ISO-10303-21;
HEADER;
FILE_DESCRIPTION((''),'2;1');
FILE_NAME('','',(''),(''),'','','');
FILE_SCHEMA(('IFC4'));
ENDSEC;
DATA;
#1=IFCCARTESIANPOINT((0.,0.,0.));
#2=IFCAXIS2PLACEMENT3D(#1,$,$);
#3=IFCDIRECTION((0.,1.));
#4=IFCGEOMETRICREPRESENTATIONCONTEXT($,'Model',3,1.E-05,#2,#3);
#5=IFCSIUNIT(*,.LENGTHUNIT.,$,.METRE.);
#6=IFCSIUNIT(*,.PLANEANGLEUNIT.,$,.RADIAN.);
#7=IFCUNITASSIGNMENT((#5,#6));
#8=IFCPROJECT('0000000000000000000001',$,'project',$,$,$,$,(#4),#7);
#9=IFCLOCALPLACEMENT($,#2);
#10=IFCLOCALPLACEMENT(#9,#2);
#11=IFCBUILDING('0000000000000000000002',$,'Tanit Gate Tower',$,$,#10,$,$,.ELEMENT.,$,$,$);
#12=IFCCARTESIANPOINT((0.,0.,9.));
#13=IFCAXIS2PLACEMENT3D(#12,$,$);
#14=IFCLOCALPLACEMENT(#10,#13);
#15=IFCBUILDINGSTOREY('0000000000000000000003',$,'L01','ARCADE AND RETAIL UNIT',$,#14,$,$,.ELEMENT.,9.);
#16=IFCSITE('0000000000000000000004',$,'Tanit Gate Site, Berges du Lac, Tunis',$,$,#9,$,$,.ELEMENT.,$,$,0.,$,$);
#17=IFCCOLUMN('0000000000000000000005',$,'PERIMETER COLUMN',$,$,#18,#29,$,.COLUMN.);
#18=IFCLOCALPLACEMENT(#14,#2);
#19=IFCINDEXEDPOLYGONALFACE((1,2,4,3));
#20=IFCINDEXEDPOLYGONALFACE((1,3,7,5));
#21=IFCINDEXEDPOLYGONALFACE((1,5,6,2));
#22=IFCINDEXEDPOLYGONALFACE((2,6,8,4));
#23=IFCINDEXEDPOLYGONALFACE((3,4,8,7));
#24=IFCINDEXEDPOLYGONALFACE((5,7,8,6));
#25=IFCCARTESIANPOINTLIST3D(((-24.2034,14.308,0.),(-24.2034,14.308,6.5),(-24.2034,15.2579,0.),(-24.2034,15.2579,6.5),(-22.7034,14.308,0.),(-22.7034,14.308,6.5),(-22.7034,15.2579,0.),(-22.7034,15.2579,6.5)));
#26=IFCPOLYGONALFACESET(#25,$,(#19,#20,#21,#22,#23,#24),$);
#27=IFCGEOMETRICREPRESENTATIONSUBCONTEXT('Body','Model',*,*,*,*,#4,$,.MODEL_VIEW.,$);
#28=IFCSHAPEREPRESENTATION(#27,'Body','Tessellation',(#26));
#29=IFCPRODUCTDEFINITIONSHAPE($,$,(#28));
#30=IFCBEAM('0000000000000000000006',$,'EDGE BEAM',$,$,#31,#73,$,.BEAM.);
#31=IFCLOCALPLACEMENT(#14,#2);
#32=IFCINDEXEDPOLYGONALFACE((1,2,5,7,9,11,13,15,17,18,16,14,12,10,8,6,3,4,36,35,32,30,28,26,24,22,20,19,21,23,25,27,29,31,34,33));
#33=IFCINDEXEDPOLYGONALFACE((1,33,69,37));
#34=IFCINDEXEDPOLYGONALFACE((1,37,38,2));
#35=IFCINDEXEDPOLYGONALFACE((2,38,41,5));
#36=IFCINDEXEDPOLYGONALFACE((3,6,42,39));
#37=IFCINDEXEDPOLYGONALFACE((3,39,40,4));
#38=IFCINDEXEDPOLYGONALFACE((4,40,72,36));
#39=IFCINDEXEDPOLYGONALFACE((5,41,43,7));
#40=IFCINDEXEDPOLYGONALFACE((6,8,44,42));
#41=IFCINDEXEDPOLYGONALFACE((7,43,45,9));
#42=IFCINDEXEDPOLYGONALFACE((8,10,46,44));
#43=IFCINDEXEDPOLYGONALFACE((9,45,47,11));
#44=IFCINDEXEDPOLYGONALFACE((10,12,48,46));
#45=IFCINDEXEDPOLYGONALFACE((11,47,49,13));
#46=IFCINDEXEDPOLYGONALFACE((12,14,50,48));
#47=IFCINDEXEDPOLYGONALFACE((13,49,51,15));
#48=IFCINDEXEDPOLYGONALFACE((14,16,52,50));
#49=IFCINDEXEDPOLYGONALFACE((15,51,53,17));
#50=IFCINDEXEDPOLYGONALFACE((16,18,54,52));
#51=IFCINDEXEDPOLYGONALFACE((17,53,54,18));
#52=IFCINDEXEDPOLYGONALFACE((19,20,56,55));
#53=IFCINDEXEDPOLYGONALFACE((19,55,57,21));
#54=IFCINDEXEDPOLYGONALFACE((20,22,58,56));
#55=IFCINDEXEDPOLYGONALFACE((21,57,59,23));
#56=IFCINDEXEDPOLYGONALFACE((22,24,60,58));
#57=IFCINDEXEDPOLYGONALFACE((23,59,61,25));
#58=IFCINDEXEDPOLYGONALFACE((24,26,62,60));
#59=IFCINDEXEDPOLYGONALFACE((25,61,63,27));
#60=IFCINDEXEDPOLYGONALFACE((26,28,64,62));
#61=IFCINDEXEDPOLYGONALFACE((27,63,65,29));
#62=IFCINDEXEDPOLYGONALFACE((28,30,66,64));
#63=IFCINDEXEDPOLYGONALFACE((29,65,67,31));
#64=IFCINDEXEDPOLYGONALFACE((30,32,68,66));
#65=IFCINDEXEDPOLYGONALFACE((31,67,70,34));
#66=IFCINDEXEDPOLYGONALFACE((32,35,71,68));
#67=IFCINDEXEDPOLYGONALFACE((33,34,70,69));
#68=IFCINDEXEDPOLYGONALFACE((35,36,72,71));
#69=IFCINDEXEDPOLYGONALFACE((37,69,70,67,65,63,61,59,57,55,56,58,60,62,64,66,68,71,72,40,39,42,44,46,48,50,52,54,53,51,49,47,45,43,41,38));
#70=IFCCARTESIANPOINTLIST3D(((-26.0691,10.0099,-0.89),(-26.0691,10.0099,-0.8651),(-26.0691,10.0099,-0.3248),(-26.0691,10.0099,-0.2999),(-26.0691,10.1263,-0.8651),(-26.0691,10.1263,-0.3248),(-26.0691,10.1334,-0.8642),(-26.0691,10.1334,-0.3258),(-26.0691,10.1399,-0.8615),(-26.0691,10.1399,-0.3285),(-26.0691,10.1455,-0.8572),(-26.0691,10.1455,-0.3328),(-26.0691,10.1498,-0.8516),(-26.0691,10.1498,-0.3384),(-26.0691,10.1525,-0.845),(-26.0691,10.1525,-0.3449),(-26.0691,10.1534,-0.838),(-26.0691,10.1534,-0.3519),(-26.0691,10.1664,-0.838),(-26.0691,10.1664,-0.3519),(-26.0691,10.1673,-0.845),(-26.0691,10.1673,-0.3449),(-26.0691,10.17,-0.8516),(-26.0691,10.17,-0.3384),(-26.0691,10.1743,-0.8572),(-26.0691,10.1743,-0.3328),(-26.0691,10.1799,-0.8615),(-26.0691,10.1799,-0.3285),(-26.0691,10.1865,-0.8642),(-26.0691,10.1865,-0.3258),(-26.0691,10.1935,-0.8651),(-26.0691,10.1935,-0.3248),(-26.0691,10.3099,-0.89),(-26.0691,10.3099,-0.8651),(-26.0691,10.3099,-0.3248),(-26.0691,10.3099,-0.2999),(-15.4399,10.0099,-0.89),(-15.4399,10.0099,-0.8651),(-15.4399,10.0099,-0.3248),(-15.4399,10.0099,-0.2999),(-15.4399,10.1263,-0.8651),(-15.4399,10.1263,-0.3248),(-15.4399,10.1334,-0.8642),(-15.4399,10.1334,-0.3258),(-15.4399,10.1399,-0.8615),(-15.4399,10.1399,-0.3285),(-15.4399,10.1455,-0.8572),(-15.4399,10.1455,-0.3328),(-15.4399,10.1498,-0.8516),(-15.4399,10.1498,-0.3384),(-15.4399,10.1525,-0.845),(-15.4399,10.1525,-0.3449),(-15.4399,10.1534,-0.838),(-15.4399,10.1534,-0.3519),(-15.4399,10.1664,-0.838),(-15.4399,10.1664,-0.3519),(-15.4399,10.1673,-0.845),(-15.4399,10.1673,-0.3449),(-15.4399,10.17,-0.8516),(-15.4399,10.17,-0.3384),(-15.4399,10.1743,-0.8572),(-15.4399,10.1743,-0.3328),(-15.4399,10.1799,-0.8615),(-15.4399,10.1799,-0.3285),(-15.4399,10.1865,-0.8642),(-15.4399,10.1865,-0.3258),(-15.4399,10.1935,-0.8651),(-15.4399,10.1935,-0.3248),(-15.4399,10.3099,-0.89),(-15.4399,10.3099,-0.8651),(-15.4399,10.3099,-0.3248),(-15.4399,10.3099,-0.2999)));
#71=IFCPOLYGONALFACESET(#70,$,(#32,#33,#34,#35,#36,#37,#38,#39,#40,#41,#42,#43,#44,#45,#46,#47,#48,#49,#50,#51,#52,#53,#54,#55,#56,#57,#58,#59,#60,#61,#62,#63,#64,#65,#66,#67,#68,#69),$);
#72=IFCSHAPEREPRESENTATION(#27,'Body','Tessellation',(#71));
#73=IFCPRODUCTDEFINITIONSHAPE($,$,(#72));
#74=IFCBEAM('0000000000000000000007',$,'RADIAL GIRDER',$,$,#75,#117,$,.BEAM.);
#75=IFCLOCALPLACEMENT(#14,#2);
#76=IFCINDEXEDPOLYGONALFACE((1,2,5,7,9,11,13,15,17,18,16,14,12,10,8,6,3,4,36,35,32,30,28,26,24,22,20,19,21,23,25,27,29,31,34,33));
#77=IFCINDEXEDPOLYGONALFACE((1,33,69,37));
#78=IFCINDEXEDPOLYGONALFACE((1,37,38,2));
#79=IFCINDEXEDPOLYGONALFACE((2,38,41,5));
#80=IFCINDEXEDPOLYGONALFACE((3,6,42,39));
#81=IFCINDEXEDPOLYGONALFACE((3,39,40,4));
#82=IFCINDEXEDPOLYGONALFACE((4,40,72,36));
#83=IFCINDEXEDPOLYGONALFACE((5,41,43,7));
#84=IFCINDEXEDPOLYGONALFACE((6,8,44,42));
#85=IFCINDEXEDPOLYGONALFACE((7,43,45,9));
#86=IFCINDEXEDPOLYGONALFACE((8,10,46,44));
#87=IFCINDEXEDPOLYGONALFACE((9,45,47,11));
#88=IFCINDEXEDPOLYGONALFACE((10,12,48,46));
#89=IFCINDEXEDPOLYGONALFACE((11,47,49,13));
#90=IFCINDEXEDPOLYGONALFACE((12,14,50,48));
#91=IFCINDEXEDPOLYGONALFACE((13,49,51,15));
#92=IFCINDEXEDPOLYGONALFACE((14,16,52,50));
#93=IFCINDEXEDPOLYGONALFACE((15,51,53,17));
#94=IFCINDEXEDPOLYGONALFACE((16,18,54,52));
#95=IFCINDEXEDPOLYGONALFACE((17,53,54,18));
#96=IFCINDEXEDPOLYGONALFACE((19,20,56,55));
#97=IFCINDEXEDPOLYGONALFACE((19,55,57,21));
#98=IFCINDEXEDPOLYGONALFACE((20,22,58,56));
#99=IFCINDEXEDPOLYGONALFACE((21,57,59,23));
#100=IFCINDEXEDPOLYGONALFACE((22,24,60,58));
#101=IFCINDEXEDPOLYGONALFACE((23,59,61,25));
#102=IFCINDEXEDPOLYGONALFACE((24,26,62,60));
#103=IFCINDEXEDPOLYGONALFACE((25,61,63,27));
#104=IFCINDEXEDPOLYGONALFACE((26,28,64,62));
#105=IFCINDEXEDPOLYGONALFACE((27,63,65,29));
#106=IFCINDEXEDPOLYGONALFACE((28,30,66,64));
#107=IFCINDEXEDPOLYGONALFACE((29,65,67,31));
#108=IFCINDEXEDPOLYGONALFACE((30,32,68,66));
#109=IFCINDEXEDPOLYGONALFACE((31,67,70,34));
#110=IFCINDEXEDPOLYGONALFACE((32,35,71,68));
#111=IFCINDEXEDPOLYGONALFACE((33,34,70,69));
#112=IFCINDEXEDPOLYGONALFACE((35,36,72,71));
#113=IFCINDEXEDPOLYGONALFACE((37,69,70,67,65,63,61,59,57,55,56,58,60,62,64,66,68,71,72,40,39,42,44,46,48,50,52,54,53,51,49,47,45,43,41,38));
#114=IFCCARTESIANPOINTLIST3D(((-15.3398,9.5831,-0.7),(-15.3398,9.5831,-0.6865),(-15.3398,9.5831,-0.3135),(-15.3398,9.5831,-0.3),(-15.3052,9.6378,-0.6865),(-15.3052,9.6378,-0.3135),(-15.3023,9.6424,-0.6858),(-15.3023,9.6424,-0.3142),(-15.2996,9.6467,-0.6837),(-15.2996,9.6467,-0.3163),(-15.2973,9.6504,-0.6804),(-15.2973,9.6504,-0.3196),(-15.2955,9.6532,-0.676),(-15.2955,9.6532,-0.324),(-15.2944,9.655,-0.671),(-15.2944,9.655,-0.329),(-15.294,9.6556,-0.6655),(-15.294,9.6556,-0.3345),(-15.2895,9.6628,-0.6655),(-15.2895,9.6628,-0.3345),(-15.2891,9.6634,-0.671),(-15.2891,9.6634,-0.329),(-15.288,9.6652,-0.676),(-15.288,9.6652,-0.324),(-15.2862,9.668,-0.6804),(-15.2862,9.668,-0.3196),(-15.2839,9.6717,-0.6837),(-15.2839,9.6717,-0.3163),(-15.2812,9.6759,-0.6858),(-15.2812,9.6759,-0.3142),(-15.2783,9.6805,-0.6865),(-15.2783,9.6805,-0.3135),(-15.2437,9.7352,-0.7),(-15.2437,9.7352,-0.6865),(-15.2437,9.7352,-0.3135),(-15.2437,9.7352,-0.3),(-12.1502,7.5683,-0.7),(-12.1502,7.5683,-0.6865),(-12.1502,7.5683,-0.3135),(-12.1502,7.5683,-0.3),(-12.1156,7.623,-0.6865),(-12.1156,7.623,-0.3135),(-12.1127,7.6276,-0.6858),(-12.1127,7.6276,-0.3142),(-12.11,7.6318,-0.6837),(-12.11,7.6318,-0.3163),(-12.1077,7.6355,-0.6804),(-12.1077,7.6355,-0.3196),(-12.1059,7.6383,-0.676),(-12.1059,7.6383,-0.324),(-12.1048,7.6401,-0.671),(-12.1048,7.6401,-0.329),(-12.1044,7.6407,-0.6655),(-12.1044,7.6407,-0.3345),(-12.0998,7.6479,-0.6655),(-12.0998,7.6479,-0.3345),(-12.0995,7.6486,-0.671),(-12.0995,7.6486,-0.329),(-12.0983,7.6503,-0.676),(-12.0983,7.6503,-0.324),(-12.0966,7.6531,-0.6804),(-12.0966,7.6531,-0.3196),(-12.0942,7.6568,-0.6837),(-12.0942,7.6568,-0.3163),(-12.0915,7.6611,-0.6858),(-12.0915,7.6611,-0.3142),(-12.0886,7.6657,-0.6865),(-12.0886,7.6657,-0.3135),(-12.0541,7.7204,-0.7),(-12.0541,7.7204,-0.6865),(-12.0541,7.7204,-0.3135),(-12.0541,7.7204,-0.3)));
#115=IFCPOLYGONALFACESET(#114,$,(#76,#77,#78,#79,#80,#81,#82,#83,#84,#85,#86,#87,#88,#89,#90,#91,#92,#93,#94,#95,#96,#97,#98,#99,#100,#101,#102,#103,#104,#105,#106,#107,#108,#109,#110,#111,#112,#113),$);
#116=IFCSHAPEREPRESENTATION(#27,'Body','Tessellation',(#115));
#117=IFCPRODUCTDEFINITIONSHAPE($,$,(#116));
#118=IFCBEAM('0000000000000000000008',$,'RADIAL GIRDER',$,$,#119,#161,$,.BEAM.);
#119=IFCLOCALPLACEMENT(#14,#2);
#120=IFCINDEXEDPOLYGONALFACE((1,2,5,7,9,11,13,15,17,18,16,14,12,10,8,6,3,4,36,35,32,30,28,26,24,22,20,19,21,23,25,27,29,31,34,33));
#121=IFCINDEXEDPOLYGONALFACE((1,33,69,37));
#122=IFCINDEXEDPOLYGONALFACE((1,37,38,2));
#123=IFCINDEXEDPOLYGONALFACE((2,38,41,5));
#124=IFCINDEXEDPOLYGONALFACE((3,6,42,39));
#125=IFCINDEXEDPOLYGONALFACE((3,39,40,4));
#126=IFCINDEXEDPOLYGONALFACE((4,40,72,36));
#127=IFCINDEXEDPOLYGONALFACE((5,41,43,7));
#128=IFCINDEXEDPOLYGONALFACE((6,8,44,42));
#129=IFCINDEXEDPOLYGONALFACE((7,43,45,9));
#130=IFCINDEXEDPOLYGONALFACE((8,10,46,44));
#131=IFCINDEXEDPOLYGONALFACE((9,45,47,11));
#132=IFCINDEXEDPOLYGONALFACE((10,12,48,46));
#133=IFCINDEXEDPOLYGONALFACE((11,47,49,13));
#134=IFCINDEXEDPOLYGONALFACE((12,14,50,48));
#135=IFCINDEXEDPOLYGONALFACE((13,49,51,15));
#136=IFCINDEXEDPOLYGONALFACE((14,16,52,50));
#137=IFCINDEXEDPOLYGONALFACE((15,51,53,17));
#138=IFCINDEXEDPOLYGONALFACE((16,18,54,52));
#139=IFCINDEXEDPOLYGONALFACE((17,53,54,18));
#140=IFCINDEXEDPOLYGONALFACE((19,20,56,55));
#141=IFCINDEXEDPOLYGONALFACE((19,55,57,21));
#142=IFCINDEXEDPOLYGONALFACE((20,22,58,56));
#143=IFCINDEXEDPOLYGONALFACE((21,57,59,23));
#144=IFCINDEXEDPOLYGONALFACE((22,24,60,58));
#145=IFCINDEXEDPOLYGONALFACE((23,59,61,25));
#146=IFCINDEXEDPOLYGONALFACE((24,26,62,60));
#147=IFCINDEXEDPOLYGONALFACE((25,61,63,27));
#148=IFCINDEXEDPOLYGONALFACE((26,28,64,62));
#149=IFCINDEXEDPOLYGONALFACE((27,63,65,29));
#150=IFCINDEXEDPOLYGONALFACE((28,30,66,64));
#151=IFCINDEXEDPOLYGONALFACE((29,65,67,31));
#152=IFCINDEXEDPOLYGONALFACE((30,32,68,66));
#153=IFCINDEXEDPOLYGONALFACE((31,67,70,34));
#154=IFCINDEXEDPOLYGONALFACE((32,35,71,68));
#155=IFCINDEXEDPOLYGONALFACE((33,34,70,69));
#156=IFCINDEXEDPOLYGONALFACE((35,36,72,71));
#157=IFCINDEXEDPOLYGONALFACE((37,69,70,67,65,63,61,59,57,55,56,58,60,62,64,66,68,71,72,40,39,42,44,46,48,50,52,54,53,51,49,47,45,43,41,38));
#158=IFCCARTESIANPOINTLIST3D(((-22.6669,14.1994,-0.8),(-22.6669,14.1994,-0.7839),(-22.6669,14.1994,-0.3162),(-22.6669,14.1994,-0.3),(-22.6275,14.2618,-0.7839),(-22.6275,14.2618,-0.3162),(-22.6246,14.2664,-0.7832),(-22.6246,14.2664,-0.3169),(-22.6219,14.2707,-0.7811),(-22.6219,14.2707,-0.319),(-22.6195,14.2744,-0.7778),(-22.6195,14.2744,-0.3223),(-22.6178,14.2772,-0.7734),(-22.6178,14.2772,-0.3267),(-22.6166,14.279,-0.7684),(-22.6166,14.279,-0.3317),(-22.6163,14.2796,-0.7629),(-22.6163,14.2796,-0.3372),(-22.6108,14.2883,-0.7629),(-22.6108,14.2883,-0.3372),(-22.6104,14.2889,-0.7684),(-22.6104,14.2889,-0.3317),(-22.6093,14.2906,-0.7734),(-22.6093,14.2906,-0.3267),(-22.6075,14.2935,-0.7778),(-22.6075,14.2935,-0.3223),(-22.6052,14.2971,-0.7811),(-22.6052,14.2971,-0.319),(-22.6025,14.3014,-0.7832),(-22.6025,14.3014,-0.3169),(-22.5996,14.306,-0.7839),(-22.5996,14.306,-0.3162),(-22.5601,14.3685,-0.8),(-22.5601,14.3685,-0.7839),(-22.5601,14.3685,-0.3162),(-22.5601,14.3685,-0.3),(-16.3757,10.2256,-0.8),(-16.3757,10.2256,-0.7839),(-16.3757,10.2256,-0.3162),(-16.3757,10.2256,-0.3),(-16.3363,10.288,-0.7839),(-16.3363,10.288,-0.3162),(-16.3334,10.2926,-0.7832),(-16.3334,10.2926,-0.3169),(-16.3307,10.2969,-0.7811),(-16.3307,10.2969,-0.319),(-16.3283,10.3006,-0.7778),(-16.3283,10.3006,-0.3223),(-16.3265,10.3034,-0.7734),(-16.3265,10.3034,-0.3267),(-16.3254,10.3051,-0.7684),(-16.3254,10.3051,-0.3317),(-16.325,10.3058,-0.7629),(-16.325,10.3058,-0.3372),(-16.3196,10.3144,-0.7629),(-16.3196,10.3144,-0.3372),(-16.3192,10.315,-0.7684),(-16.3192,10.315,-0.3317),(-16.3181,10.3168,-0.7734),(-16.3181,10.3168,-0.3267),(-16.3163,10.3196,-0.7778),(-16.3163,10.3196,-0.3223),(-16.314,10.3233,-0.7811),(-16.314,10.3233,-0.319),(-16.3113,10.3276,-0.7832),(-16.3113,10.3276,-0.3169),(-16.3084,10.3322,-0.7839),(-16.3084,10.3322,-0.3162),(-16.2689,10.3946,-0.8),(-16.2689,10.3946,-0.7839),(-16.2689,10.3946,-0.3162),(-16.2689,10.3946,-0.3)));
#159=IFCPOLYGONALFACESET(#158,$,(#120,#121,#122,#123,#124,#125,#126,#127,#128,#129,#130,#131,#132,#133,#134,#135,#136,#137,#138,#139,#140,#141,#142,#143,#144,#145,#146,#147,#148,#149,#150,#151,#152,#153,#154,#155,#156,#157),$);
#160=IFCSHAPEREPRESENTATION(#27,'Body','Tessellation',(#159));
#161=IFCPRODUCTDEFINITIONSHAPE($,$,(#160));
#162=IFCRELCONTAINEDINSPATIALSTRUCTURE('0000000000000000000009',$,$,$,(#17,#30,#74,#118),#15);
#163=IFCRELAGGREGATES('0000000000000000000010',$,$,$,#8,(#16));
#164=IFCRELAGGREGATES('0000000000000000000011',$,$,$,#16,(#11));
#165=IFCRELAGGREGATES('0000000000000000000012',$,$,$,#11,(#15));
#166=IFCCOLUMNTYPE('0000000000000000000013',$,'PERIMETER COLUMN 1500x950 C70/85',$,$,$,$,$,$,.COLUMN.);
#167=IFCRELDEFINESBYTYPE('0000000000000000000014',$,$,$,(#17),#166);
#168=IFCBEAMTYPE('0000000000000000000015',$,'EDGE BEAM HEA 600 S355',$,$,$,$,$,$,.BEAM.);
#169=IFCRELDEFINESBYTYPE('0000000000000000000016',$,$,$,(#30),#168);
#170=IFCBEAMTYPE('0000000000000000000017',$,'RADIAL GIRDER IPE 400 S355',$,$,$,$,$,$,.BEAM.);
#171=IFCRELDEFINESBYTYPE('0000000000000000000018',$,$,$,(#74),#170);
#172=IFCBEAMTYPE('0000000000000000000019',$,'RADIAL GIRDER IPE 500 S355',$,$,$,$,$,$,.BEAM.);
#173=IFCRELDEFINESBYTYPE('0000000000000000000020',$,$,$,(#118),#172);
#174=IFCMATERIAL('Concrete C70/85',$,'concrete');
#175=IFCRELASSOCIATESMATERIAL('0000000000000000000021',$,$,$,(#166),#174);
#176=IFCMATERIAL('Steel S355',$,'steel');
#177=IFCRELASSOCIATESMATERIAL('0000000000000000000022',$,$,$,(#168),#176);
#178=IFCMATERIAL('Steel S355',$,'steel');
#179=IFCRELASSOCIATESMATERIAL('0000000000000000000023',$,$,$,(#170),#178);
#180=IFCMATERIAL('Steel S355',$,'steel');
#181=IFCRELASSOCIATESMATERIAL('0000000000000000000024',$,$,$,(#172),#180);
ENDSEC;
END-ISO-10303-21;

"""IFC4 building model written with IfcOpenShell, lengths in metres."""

from ifc_helpers import new_model, si_unit, direction, frame, origin, origin_2d, place, context, subcontext, project, spatial, rectangle, i_section, extrude, material, material_profile, profile_set, type_object, element, save


model = new_model("IFC4")

# Units and contexts
model_context = context("Model", 3, precision=1e-05, world=origin(), true_north=direction((0.0, 1.0)))
body_context = subcontext(model_context, "Body", "Model", "MODEL_VIEW")
ifc_project = project(units=[si_unit("LENGTHUNIT", "METRE"), si_unit("PLANEANGLEUNIT", "RADIAN")], contexts=[model_context])

# Site, building, storey
site_placement = place(None, origin())
site = spatial("IfcSite", under=ifc_project, at=site_placement, Name="Tanit Gate Site, Berges du Lac, Tunis", CompositionType="ELEMENT", RefElevation=0.0)
building_placement = place(site_placement, origin())
building = spatial("IfcBuilding", under=site, at=building_placement, Name="Tanit Gate Tower", CompositionType="ELEMENT")
storey_placement = place(building_placement, frame((0.0, 0.0, 9.0)))
storey = spatial("IfcBuildingStorey", under=building, at=storey_placement, Name="L01", Description="ARCADE AND RETAIL UNIT", CompositionType="ELEMENT", Elevation=9.0)

# Column
ifc_material_1 = material(Name="Concrete C70/85", Category="concrete")
ifc_material_profile_1 = material_profile(ifc_material_1, rectangle(XDim=1.5, YDim=0.95, at=origin_2d()), Name="RC 1500x950")
ifc_profile_set_1 = profile_set([ifc_material_profile_1], Name="Concrete C70/85")
column_type = type_object("IfcColumnType", Name="PERIMETER COLUMN 1500x950 C70/85", PredefinedType="COLUMN", material=ifc_profile_set_1)
column_placement = place(storey_placement, frame((-23.4534, 14.783, 0.0), z_axis=(0.0, 0.0, 1.0), x_axis=(-1.0, 0.0, 0.0)))
element("IfcColumn", 1, at=column_placement, inside=storey, type_object=column_type, Name="PERIMETER COLUMN", PredefinedType="COLUMN", context=body_context, shape_type="SweptSolid", body=[
    extrude(rectangle(XDim=1.5, YDim=0.95, at=origin_2d()), origin(), (0.0, 0.0, 1.0), 6.5),
])

# Beams
ifc_material_2 = material(Name="Steel S355", Category="steel")
ifc_material_profile_2 = material_profile(ifc_material_2, i_section(OverallWidth=0.3, OverallDepth=0.5901, WebThickness=0.0129, FlangeThickness=0.0249, FilletRadius=0.0271, at=origin_2d()), Name="HEA 600")
ifc_profile_set_2 = profile_set([ifc_material_profile_2], Name="Steel S355")
beam_type_1 = type_object("IfcBeamType", Name="EDGE BEAM HEA 600 S355", PredefinedType="BEAM", material=ifc_profile_set_2)
beam_1_placement = place(storey_placement, frame((-15.4399, 10.1599, -0.595), z_axis=(-1.0, 0.0, 0.0), x_axis=(0.0, -1.0, 0.0)))
element("IfcBeam", 2, at=beam_1_placement, inside=storey, type_object=beam_type_1, Name="EDGE BEAM", PredefinedType="BEAM", context=body_context, shape_type="SweptSolid", body=[
    extrude(i_section(OverallWidth=0.3, OverallDepth=0.5901, WebThickness=0.0129, FlangeThickness=0.0249, FilletRadius=0.0271, at=origin_2d()), origin(), (0.0, 0.0, 1.0), 10.6292),
])
ifc_material_3 = material(Name="Steel S355", Category="steel")
ifc_material_profile_3 = material_profile(ifc_material_3, i_section(OverallWidth=0.1799, OverallDepth=0.3999, WebThickness=0.0085, FlangeThickness=0.0134, FilletRadius=0.021, at=origin_2d()), Name="IPE 400")
ifc_profile_set_3 = profile_set([ifc_material_profile_3], Name="Steel S355")
beam_type_2 = type_object("IfcBeamType", Name="RADIAL GIRDER IPE 400 S355", PredefinedType="BEAM", material=ifc_profile_set_3)
beam_2_placement = place(storey_placement, frame((-15.2917, 9.6592, -0.5), z_axis=(0.845447, -0.534059, 0.0), x_axis=(0.534059, 0.845447, 0.0)))
element("IfcBeam", 3, at=beam_2_placement, inside=storey, type_object=beam_type_2, Name="RADIAL GIRDER", PredefinedType="BEAM", context=body_context, shape_type="SweptSolid", body=[
    extrude(i_section(OverallWidth=0.1799, OverallDepth=0.3999, WebThickness=0.0085, FlangeThickness=0.0134, FilletRadius=0.021, at=origin_2d()), origin(), (0.0, 0.0, 1.0), 3.7727),
])
ifc_material_4 = material(Name="Steel S355", Category="steel")
ifc_material_profile_4 = material_profile(ifc_material_4, i_section(OverallWidth=0.2, OverallDepth=0.5, WebThickness=0.0103, FlangeThickness=0.0161, FilletRadius=0.021, at=origin_2d()), Name="IPE 500")
ifc_profile_set_4 = profile_set([ifc_material_profile_4], Name="Steel S355")
beam_type_3 = type_object("IfcBeamType", Name="RADIAL GIRDER IPE 500 S355", PredefinedType="BEAM", material=ifc_profile_set_4)
beam_3_placement = place(storey_placement, frame((-22.6135, 14.2839, -0.55), z_axis=(0.845462, -0.534036, 0.0), x_axis=(0.534036, 0.845462, 0.0)))
element("IfcBeam", 4, at=beam_3_placement, inside=storey, type_object=beam_type_3, Name="RADIAL GIRDER", PredefinedType="BEAM", context=body_context, shape_type="SweptSolid", body=[
    extrude(i_section(OverallWidth=0.2, OverallDepth=0.5, WebThickness=0.0103, FlangeThickness=0.0161, FilletRadius=0.021, at=origin_2d()), origin(), (0.0, 0.0, 1.0), 7.4412),
])

save(model, "model.ifc")
